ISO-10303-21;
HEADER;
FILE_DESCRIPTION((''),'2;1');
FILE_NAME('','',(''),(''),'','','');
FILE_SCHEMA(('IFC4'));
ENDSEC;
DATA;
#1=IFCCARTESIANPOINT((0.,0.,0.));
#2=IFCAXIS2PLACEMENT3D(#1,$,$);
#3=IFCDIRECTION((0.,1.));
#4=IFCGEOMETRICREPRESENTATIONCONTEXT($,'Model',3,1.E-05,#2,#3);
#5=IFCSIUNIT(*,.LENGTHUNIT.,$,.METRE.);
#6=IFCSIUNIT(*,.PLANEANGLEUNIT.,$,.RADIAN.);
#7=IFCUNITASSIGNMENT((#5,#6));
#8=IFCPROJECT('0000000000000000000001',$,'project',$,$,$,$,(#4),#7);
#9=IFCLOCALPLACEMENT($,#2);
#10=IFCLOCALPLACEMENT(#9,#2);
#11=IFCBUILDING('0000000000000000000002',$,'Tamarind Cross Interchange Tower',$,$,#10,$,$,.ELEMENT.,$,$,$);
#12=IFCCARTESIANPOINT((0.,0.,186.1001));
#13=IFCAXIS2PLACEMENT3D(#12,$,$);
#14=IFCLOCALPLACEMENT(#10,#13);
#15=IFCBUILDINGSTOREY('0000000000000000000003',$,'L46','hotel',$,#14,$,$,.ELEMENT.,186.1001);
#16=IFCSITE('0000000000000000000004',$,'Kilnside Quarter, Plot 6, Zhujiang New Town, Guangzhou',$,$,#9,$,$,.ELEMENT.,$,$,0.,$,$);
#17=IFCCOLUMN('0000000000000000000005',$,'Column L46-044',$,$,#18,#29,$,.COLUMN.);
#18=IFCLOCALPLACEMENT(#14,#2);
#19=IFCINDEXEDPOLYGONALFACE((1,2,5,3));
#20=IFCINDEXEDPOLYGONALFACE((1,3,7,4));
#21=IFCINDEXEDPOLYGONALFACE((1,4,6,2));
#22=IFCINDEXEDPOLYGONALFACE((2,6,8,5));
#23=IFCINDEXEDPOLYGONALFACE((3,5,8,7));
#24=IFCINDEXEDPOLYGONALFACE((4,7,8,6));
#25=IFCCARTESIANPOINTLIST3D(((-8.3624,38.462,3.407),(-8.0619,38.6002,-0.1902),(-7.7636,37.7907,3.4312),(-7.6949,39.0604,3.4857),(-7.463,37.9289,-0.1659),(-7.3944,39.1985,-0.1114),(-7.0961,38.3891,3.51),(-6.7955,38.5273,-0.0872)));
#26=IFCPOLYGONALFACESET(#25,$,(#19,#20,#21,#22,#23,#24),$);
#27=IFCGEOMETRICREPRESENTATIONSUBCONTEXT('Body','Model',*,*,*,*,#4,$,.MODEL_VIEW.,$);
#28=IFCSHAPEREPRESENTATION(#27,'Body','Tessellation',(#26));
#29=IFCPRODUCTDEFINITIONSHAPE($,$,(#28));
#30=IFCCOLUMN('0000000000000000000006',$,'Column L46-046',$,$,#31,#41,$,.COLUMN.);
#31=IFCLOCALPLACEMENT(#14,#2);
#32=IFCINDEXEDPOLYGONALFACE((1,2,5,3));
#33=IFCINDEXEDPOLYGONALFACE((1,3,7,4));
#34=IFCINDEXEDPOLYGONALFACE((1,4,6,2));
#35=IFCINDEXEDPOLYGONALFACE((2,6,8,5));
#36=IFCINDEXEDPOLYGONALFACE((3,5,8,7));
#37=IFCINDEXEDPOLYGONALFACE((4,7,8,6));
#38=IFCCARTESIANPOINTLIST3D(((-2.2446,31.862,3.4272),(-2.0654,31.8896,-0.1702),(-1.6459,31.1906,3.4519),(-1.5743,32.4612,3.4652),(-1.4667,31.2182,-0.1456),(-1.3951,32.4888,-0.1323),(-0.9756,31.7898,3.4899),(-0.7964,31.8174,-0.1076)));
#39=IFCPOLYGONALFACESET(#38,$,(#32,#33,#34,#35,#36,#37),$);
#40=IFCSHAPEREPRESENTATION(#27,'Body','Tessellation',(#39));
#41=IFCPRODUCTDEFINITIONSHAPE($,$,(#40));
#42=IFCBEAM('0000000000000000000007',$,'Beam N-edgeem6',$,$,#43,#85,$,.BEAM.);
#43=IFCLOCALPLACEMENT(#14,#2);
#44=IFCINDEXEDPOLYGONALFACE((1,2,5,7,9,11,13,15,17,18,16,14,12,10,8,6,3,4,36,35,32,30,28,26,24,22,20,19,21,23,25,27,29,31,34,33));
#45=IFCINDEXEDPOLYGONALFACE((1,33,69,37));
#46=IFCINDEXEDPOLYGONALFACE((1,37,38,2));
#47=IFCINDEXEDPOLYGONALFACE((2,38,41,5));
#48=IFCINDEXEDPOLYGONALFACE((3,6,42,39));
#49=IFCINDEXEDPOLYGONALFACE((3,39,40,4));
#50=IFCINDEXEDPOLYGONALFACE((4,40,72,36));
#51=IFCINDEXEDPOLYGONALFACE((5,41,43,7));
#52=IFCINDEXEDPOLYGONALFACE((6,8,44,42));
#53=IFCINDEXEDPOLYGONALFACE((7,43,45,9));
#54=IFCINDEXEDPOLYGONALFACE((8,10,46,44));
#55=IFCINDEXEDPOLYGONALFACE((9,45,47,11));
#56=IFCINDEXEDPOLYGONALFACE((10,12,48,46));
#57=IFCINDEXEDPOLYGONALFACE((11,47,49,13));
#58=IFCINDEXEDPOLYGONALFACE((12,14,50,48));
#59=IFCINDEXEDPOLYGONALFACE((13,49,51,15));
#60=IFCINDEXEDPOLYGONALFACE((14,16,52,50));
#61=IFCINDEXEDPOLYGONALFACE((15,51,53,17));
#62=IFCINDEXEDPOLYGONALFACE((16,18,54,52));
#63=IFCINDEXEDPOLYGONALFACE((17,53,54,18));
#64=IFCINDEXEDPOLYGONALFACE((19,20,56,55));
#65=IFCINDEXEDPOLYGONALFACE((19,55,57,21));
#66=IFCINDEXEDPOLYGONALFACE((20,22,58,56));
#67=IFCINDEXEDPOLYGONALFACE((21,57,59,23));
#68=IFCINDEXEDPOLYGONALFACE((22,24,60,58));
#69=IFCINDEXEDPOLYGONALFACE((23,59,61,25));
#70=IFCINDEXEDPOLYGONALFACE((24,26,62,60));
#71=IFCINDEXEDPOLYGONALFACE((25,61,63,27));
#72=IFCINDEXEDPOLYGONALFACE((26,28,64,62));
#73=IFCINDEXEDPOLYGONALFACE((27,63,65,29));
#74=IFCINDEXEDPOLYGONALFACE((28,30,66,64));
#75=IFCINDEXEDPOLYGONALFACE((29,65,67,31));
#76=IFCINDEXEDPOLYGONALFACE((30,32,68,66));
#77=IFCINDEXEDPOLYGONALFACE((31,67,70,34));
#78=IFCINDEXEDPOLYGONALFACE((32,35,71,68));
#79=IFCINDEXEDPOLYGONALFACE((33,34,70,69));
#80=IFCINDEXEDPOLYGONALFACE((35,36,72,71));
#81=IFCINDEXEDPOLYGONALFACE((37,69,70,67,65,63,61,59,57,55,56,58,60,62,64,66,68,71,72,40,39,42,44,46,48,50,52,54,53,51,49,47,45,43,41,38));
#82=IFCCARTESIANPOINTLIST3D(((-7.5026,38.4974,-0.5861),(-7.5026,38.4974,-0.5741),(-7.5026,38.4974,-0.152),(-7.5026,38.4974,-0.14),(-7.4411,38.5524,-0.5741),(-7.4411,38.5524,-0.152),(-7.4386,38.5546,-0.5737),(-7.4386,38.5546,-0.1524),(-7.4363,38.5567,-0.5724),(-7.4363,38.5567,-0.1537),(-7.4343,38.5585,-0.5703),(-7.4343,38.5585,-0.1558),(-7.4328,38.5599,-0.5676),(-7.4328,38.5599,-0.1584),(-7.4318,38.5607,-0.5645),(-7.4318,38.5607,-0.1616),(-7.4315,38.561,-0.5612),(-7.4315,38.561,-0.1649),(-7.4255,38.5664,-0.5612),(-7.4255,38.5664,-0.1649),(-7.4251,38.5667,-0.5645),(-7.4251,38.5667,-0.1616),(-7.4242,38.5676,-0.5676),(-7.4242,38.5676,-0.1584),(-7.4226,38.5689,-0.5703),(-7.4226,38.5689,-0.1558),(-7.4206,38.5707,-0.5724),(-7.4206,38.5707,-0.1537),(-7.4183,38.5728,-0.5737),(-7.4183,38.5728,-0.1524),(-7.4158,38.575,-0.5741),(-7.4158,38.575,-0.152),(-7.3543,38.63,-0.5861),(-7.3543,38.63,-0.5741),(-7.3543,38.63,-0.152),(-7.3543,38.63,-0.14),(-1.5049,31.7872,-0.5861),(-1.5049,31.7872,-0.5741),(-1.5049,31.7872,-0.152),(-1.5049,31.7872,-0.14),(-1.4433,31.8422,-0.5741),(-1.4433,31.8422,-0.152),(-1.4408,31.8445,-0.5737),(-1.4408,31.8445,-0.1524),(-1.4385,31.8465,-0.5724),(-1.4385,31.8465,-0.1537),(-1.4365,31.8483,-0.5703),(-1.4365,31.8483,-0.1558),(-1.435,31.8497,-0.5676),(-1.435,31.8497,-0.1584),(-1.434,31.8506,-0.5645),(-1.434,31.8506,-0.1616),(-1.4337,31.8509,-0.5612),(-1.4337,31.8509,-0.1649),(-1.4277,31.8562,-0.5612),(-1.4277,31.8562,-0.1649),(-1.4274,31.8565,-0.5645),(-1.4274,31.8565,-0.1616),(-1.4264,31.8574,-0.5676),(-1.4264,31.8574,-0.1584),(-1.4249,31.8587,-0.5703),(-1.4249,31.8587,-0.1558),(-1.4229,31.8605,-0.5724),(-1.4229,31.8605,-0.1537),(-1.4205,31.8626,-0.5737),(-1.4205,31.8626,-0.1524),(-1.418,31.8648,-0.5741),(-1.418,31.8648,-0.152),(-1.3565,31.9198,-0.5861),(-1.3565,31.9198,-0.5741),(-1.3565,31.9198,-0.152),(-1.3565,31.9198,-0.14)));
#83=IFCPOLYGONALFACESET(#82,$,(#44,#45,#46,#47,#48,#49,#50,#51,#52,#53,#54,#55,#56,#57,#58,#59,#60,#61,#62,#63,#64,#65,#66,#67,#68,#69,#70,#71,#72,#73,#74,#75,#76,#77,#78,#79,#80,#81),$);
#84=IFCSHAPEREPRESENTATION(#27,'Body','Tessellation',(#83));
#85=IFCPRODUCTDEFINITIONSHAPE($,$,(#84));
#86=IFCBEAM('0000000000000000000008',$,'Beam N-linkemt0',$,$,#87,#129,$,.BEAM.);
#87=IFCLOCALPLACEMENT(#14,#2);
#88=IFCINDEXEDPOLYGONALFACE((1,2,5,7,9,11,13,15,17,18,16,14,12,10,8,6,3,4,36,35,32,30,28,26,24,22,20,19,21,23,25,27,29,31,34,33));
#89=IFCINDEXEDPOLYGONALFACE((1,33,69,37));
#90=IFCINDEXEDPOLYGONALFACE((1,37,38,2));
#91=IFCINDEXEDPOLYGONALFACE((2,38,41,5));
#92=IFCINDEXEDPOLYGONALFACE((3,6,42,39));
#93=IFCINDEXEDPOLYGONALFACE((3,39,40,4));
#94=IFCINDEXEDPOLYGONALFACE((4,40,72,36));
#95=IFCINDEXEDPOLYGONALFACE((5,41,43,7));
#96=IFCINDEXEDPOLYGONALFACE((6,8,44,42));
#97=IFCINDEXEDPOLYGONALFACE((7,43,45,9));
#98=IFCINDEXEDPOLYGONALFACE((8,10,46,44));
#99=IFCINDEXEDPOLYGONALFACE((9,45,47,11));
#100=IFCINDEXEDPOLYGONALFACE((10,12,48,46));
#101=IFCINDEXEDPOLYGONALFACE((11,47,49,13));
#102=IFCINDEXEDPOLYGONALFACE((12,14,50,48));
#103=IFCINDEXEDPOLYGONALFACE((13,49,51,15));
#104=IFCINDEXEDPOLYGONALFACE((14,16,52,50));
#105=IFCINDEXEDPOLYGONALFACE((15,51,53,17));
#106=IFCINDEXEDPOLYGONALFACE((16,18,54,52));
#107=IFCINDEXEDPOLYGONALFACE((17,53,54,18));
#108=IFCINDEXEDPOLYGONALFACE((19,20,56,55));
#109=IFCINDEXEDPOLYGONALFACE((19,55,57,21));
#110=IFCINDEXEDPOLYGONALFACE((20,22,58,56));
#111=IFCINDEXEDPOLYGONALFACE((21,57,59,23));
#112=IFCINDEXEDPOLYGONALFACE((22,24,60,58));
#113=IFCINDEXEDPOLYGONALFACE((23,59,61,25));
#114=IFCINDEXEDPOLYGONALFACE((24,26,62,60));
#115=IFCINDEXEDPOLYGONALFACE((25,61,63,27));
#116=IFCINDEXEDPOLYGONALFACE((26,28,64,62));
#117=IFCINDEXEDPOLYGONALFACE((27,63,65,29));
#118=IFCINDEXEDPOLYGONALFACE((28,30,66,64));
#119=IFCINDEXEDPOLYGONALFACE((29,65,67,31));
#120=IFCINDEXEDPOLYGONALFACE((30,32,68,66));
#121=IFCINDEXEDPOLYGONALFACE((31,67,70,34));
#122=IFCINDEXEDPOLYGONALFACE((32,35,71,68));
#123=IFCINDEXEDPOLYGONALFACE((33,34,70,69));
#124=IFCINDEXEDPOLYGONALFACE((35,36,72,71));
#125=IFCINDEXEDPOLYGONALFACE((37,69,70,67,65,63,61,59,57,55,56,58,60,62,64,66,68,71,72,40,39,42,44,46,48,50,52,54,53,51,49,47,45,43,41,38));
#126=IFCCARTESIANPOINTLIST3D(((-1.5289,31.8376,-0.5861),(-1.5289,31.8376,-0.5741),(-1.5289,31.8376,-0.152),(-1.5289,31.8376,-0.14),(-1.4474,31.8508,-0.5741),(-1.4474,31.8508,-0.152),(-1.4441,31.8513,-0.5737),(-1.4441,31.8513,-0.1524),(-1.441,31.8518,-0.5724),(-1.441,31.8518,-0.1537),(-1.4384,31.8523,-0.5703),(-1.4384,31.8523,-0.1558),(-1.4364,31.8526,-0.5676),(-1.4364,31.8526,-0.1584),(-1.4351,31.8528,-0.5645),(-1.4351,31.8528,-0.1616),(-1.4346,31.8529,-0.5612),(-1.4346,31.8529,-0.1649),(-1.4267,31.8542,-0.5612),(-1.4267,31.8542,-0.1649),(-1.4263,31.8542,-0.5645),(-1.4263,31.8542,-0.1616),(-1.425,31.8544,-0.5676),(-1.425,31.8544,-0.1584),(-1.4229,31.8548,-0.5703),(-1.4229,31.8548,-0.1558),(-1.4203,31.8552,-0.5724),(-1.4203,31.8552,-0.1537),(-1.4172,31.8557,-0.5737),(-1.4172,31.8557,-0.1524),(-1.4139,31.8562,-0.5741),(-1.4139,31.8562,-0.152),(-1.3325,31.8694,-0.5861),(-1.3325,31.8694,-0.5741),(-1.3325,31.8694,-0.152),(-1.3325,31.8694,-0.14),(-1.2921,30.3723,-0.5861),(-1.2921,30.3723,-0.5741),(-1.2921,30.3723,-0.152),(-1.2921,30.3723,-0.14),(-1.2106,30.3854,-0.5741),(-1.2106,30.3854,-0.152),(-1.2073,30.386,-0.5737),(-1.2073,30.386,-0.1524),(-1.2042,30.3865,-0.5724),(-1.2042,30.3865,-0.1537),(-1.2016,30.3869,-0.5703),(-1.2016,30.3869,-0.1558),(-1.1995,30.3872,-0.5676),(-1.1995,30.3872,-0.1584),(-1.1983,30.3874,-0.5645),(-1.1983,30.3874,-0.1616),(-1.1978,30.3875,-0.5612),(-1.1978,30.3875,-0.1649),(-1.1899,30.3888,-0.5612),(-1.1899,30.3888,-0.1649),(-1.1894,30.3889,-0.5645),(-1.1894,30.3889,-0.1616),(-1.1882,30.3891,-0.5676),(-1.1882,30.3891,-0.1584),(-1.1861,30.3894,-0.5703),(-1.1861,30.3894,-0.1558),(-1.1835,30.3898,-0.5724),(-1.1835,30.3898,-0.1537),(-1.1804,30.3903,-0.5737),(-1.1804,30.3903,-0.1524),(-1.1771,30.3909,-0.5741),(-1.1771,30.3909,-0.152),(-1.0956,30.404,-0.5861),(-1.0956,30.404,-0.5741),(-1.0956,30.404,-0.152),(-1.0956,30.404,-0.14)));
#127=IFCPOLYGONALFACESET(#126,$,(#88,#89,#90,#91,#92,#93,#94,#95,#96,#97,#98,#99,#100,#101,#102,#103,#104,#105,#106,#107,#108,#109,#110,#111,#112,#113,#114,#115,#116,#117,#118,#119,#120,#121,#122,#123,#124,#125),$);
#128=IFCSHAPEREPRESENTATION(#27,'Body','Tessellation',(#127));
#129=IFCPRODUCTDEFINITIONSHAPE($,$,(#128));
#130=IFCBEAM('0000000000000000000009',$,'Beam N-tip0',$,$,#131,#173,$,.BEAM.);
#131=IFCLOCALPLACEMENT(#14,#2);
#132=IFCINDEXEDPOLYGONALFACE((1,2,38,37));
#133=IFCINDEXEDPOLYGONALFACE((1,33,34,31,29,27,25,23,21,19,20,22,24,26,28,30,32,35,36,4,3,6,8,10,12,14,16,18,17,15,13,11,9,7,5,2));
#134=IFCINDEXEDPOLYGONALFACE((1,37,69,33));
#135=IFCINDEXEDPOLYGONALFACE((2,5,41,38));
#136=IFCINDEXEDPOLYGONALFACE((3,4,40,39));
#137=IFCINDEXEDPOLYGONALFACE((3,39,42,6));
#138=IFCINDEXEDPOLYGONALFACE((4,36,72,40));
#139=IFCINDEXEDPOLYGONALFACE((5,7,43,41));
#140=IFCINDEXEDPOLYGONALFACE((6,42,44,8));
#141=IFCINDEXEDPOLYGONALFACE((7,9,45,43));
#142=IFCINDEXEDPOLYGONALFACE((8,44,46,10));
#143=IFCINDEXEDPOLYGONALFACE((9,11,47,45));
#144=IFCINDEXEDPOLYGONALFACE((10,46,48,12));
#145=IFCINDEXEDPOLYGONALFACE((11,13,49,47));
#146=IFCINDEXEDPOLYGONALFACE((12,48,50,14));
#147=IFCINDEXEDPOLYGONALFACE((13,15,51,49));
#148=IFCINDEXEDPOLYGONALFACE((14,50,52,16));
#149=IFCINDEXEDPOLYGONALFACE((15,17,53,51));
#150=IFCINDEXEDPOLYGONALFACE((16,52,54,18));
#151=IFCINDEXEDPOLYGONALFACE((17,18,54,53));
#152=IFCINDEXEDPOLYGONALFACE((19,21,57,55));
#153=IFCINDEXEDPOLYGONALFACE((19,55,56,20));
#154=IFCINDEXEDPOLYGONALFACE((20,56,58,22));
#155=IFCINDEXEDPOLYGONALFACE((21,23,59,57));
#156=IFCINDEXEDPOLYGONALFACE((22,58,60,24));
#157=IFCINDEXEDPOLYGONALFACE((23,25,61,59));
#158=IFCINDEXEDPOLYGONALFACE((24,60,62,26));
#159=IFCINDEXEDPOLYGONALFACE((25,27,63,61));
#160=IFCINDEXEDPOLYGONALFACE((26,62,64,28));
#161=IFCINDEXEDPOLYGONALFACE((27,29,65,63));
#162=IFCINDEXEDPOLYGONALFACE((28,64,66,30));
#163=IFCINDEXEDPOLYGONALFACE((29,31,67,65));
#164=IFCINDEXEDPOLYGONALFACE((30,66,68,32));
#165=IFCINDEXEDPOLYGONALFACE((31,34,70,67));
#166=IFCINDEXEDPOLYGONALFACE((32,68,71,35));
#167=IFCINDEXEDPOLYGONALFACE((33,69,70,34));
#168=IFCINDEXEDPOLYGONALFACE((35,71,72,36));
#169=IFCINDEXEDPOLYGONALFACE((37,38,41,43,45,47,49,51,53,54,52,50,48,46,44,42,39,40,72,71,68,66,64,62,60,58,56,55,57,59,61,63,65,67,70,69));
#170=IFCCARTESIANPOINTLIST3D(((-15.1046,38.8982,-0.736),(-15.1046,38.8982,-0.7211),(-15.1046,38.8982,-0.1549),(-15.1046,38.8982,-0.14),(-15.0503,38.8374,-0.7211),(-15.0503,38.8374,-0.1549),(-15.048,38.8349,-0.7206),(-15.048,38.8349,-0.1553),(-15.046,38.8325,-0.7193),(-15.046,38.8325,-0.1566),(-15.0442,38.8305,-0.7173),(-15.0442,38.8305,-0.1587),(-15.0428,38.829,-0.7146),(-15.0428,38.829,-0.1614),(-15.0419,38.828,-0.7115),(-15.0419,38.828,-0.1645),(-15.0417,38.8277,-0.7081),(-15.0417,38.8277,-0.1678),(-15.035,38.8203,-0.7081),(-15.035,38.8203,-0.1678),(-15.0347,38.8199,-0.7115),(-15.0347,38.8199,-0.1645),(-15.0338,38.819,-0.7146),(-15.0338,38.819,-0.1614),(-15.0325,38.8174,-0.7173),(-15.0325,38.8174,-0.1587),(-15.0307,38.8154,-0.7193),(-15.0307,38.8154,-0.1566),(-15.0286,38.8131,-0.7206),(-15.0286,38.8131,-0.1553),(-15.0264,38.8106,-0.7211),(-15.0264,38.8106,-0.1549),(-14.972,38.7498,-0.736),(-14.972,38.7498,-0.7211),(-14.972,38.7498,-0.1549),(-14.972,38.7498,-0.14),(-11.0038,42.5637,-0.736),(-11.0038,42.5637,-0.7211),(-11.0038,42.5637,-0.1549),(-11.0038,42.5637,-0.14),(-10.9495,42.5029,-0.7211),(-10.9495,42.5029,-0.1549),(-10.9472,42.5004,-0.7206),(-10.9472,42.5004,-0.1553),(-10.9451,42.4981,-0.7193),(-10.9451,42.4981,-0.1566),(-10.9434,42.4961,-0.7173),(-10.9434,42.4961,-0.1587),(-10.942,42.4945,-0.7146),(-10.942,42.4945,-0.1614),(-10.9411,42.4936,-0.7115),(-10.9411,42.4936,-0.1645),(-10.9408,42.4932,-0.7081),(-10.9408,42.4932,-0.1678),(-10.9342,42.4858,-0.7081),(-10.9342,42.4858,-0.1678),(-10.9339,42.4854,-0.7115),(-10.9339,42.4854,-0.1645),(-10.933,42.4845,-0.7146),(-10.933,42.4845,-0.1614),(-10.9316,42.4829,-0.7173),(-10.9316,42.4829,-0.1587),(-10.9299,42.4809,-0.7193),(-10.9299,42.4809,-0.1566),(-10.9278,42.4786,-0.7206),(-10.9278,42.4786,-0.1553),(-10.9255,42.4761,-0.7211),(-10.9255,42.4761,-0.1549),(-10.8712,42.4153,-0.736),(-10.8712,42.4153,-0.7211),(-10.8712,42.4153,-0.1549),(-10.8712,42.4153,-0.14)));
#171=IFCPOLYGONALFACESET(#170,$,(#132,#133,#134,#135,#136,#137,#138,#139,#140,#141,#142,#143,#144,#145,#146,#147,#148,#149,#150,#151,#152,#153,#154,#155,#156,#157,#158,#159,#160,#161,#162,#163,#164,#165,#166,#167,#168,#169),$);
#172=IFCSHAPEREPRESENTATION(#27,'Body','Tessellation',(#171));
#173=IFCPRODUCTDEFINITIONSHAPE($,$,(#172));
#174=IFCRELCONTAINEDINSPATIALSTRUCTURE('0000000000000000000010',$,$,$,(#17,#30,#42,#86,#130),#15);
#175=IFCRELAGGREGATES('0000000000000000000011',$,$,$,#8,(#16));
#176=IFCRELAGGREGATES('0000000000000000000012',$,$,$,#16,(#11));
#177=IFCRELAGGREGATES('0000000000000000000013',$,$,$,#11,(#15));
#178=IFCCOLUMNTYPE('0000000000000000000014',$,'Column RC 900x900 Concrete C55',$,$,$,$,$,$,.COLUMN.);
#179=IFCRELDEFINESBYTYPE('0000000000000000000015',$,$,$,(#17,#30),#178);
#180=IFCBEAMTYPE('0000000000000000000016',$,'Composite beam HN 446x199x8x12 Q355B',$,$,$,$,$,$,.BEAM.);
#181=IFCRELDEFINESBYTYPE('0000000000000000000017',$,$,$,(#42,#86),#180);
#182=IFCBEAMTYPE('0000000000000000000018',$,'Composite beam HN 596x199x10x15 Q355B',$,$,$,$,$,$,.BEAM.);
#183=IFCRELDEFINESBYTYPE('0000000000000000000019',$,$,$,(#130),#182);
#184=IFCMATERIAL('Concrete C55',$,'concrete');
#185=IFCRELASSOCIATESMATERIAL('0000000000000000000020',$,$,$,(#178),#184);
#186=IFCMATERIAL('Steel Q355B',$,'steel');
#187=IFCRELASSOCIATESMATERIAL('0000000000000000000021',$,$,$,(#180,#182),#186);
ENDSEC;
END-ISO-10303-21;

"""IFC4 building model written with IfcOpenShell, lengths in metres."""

from ifc_helpers import new_model, si_unit, direction, frame, origin, origin_2d, place, context, subcontext, project, spatial, rectangle, i_section, extrude, material, material_profile, profile_set, type_object, element, save


model = new_model("IFC4")

# Units and contexts
model_context = context("Model", 3, precision=1e-05, world=origin(), true_north=direction((0.0, 1.0)))
body_context = subcontext(model_context, "Body", "Model", "MODEL_VIEW")
ifc_project = project(units=[si_unit("LENGTHUNIT", "METRE"), si_unit("PLANEANGLEUNIT", "RADIAN")], contexts=[model_context])

# Site, building, storey
site_placement = place(None, origin())
site = spatial("IfcSite", under=ifc_project, at=site_placement, Name="Kilnside Quarter, Plot 6, Zhujiang New Town, Guangzhou", CompositionType="ELEMENT", RefElevation=0.0)
building_placement = place(site_placement, origin())
building = spatial("IfcBuilding", under=site, at=building_placement, Name="Tamarind Cross Interchange Tower", CompositionType="ELEMENT")
storey_placement = place(building_placement, frame((0.0, 0.0, 186.1001)))
storey = spatial("IfcBuildingStorey", under=building, at=storey_placement, Name="L46", Description="hotel", CompositionType="ELEMENT", Elevation=186.1001)

# Columns
ifc_material_1 = material(Name="Concrete C55", Category="concrete")
ifc_material_profile_1 = material_profile(ifc_material_1, rectangle(XDim=0.8999, YDim=0.8999, at=origin_2d()), Name="RC 900x900")
ifc_profile_set_1 = profile_set([ifc_material_profile_1], Name="Concrete C55")
column_type = type_object("IfcColumnType", Name="Column RC 900x900 Concrete C55", PredefinedType="COLUMN", material=ifc_profile_set_1)
column_1_placement = place(storey_placement, frame((-7.4287, 38.5637, -0.1387), z_axis=(-0.083197, -0.038253, 0.995799), x_axis=(0.665494, -0.745917, 0.026947)))
element("IfcColumn", 1, at=column_1_placement, inside=storey, type_object=column_type, Name="Column L46-044", PredefinedType="COLUMN", context=body_context, shape_type="SweptSolid", body=[
    extrude(rectangle(XDim=0.8999, YDim=0.8999, at=origin_2d()), origin(), (0.0, 0.0, 1.0), 3.6123),
])
column_2_placement = place(storey_placement, frame((-1.4309, 31.8535, -0.1389), z_axis=(-0.04975, -0.007659, 0.998732), x_axis=(0.665331, -0.746045, 0.027421)))
element("IfcColumn", 2, at=column_2_placement, inside=storey, type_object=column_type, Name="Column L46-046", PredefinedType="COLUMN", context=body_context, shape_type="SweptSolid", body=[
    extrude(rectangle(XDim=0.8999, YDim=0.8999, at=origin_2d()), origin(), (0.0, 0.0, 1.0), 3.6021),
])

# Beams
ifc_material_2 = material(Name="Steel Q355B", Category="steel")
ifc_material_profile_2 = material_profile(ifc_material_2, i_section(OverallWidth=0.199, OverallDepth=0.446, WebThickness=0.0081, FlangeThickness=0.012, FilletRadius=0.0129, at=origin_2d()), Name="HN 446x199x8x12")
ifc_profile_set_2 = profile_set([ifc_material_profile_2], Name="Steel Q355B")
beam_type_1 = type_object("IfcBeamType", Name="Composite beam HN 446x199x8x12 Q355B", PredefinedType="BEAM", material=ifc_profile_set_2)
beam_1_placement = place(storey_placement, frame((-7.4285, 38.5637, -0.363), z_axis=(0.666421, -0.745576, 0.0), x_axis=(0.745576, 0.666421, 0.0)))
element("IfcBeam", 3, at=beam_1_placement, inside=storey, type_object=beam_type_1, Name="Beam N-edgeem6", PredefinedType="BEAM", context=body_context, shape_type="SweptSolid", body=[
    extrude(i_section(OverallWidth=0.199, OverallDepth=0.446, WebThickness=0.0081, FlangeThickness=0.012, FilletRadius=0.0129, at=origin_2d()), origin(), (0.0, 0.0, 1.0), 9.0),
])
beam_2_placement = place(storey_placement, frame((-1.4307, 31.8535, -0.363), z_axis=(0.159543, -0.987191, 0.0), x_axis=(0.987191, 0.159543, 0.0)))
element("IfcBeam", 4, at=beam_2_placement, inside=storey, type_object=beam_type_1, Name="Beam N-linkemt0", PredefinedType="BEAM", context=body_context, shape_type="SweptSolid", body=[
    extrude(i_section(OverallWidth=0.199, OverallDepth=0.446, WebThickness=0.0081, FlangeThickness=0.012, FilletRadius=0.0129, at=origin_2d()), origin(), (0.0, 0.0, 1.0), 1.4844),
])
ifc_material_profile_3 = material_profile(ifc_material_2, i_section(OverallWidth=0.199, OverallDepth=0.5959, WebThickness=0.01, FlangeThickness=0.0149, FilletRadius=0.0129, at=origin_2d()), Name="HN 596x199x10x15")
ifc_profile_set_3 = profile_set([ifc_material_profile_3], Name="Steel Q355B")
beam_type_2 = type_object("IfcBeamType", Name="Composite beam HN 596x199x10x15 Q355B", PredefinedType="BEAM", material=ifc_profile_set_3)
beam_3_placement = place(storey_placement, frame((-10.9375, 42.4895, -0.438), z_axis=(-0.74557, -0.666428, 0.0), x_axis=(0.666428, -0.74557, 0.0)))
element("IfcBeam", 5, at=beam_3_placement, inside=storey, type_object=beam_type_2, Name="Beam N-tip0", PredefinedType="BEAM", context=body_context, shape_type="SweptSolid", body=[
    extrude(i_section(OverallWidth=0.199, OverallDepth=0.5959, WebThickness=0.01, FlangeThickness=0.0149, FilletRadius=0.0129, at=origin_2d()), origin(), (0.0, 0.0, 1.0), 5.5002),
])

save(model, "model.ifc")
